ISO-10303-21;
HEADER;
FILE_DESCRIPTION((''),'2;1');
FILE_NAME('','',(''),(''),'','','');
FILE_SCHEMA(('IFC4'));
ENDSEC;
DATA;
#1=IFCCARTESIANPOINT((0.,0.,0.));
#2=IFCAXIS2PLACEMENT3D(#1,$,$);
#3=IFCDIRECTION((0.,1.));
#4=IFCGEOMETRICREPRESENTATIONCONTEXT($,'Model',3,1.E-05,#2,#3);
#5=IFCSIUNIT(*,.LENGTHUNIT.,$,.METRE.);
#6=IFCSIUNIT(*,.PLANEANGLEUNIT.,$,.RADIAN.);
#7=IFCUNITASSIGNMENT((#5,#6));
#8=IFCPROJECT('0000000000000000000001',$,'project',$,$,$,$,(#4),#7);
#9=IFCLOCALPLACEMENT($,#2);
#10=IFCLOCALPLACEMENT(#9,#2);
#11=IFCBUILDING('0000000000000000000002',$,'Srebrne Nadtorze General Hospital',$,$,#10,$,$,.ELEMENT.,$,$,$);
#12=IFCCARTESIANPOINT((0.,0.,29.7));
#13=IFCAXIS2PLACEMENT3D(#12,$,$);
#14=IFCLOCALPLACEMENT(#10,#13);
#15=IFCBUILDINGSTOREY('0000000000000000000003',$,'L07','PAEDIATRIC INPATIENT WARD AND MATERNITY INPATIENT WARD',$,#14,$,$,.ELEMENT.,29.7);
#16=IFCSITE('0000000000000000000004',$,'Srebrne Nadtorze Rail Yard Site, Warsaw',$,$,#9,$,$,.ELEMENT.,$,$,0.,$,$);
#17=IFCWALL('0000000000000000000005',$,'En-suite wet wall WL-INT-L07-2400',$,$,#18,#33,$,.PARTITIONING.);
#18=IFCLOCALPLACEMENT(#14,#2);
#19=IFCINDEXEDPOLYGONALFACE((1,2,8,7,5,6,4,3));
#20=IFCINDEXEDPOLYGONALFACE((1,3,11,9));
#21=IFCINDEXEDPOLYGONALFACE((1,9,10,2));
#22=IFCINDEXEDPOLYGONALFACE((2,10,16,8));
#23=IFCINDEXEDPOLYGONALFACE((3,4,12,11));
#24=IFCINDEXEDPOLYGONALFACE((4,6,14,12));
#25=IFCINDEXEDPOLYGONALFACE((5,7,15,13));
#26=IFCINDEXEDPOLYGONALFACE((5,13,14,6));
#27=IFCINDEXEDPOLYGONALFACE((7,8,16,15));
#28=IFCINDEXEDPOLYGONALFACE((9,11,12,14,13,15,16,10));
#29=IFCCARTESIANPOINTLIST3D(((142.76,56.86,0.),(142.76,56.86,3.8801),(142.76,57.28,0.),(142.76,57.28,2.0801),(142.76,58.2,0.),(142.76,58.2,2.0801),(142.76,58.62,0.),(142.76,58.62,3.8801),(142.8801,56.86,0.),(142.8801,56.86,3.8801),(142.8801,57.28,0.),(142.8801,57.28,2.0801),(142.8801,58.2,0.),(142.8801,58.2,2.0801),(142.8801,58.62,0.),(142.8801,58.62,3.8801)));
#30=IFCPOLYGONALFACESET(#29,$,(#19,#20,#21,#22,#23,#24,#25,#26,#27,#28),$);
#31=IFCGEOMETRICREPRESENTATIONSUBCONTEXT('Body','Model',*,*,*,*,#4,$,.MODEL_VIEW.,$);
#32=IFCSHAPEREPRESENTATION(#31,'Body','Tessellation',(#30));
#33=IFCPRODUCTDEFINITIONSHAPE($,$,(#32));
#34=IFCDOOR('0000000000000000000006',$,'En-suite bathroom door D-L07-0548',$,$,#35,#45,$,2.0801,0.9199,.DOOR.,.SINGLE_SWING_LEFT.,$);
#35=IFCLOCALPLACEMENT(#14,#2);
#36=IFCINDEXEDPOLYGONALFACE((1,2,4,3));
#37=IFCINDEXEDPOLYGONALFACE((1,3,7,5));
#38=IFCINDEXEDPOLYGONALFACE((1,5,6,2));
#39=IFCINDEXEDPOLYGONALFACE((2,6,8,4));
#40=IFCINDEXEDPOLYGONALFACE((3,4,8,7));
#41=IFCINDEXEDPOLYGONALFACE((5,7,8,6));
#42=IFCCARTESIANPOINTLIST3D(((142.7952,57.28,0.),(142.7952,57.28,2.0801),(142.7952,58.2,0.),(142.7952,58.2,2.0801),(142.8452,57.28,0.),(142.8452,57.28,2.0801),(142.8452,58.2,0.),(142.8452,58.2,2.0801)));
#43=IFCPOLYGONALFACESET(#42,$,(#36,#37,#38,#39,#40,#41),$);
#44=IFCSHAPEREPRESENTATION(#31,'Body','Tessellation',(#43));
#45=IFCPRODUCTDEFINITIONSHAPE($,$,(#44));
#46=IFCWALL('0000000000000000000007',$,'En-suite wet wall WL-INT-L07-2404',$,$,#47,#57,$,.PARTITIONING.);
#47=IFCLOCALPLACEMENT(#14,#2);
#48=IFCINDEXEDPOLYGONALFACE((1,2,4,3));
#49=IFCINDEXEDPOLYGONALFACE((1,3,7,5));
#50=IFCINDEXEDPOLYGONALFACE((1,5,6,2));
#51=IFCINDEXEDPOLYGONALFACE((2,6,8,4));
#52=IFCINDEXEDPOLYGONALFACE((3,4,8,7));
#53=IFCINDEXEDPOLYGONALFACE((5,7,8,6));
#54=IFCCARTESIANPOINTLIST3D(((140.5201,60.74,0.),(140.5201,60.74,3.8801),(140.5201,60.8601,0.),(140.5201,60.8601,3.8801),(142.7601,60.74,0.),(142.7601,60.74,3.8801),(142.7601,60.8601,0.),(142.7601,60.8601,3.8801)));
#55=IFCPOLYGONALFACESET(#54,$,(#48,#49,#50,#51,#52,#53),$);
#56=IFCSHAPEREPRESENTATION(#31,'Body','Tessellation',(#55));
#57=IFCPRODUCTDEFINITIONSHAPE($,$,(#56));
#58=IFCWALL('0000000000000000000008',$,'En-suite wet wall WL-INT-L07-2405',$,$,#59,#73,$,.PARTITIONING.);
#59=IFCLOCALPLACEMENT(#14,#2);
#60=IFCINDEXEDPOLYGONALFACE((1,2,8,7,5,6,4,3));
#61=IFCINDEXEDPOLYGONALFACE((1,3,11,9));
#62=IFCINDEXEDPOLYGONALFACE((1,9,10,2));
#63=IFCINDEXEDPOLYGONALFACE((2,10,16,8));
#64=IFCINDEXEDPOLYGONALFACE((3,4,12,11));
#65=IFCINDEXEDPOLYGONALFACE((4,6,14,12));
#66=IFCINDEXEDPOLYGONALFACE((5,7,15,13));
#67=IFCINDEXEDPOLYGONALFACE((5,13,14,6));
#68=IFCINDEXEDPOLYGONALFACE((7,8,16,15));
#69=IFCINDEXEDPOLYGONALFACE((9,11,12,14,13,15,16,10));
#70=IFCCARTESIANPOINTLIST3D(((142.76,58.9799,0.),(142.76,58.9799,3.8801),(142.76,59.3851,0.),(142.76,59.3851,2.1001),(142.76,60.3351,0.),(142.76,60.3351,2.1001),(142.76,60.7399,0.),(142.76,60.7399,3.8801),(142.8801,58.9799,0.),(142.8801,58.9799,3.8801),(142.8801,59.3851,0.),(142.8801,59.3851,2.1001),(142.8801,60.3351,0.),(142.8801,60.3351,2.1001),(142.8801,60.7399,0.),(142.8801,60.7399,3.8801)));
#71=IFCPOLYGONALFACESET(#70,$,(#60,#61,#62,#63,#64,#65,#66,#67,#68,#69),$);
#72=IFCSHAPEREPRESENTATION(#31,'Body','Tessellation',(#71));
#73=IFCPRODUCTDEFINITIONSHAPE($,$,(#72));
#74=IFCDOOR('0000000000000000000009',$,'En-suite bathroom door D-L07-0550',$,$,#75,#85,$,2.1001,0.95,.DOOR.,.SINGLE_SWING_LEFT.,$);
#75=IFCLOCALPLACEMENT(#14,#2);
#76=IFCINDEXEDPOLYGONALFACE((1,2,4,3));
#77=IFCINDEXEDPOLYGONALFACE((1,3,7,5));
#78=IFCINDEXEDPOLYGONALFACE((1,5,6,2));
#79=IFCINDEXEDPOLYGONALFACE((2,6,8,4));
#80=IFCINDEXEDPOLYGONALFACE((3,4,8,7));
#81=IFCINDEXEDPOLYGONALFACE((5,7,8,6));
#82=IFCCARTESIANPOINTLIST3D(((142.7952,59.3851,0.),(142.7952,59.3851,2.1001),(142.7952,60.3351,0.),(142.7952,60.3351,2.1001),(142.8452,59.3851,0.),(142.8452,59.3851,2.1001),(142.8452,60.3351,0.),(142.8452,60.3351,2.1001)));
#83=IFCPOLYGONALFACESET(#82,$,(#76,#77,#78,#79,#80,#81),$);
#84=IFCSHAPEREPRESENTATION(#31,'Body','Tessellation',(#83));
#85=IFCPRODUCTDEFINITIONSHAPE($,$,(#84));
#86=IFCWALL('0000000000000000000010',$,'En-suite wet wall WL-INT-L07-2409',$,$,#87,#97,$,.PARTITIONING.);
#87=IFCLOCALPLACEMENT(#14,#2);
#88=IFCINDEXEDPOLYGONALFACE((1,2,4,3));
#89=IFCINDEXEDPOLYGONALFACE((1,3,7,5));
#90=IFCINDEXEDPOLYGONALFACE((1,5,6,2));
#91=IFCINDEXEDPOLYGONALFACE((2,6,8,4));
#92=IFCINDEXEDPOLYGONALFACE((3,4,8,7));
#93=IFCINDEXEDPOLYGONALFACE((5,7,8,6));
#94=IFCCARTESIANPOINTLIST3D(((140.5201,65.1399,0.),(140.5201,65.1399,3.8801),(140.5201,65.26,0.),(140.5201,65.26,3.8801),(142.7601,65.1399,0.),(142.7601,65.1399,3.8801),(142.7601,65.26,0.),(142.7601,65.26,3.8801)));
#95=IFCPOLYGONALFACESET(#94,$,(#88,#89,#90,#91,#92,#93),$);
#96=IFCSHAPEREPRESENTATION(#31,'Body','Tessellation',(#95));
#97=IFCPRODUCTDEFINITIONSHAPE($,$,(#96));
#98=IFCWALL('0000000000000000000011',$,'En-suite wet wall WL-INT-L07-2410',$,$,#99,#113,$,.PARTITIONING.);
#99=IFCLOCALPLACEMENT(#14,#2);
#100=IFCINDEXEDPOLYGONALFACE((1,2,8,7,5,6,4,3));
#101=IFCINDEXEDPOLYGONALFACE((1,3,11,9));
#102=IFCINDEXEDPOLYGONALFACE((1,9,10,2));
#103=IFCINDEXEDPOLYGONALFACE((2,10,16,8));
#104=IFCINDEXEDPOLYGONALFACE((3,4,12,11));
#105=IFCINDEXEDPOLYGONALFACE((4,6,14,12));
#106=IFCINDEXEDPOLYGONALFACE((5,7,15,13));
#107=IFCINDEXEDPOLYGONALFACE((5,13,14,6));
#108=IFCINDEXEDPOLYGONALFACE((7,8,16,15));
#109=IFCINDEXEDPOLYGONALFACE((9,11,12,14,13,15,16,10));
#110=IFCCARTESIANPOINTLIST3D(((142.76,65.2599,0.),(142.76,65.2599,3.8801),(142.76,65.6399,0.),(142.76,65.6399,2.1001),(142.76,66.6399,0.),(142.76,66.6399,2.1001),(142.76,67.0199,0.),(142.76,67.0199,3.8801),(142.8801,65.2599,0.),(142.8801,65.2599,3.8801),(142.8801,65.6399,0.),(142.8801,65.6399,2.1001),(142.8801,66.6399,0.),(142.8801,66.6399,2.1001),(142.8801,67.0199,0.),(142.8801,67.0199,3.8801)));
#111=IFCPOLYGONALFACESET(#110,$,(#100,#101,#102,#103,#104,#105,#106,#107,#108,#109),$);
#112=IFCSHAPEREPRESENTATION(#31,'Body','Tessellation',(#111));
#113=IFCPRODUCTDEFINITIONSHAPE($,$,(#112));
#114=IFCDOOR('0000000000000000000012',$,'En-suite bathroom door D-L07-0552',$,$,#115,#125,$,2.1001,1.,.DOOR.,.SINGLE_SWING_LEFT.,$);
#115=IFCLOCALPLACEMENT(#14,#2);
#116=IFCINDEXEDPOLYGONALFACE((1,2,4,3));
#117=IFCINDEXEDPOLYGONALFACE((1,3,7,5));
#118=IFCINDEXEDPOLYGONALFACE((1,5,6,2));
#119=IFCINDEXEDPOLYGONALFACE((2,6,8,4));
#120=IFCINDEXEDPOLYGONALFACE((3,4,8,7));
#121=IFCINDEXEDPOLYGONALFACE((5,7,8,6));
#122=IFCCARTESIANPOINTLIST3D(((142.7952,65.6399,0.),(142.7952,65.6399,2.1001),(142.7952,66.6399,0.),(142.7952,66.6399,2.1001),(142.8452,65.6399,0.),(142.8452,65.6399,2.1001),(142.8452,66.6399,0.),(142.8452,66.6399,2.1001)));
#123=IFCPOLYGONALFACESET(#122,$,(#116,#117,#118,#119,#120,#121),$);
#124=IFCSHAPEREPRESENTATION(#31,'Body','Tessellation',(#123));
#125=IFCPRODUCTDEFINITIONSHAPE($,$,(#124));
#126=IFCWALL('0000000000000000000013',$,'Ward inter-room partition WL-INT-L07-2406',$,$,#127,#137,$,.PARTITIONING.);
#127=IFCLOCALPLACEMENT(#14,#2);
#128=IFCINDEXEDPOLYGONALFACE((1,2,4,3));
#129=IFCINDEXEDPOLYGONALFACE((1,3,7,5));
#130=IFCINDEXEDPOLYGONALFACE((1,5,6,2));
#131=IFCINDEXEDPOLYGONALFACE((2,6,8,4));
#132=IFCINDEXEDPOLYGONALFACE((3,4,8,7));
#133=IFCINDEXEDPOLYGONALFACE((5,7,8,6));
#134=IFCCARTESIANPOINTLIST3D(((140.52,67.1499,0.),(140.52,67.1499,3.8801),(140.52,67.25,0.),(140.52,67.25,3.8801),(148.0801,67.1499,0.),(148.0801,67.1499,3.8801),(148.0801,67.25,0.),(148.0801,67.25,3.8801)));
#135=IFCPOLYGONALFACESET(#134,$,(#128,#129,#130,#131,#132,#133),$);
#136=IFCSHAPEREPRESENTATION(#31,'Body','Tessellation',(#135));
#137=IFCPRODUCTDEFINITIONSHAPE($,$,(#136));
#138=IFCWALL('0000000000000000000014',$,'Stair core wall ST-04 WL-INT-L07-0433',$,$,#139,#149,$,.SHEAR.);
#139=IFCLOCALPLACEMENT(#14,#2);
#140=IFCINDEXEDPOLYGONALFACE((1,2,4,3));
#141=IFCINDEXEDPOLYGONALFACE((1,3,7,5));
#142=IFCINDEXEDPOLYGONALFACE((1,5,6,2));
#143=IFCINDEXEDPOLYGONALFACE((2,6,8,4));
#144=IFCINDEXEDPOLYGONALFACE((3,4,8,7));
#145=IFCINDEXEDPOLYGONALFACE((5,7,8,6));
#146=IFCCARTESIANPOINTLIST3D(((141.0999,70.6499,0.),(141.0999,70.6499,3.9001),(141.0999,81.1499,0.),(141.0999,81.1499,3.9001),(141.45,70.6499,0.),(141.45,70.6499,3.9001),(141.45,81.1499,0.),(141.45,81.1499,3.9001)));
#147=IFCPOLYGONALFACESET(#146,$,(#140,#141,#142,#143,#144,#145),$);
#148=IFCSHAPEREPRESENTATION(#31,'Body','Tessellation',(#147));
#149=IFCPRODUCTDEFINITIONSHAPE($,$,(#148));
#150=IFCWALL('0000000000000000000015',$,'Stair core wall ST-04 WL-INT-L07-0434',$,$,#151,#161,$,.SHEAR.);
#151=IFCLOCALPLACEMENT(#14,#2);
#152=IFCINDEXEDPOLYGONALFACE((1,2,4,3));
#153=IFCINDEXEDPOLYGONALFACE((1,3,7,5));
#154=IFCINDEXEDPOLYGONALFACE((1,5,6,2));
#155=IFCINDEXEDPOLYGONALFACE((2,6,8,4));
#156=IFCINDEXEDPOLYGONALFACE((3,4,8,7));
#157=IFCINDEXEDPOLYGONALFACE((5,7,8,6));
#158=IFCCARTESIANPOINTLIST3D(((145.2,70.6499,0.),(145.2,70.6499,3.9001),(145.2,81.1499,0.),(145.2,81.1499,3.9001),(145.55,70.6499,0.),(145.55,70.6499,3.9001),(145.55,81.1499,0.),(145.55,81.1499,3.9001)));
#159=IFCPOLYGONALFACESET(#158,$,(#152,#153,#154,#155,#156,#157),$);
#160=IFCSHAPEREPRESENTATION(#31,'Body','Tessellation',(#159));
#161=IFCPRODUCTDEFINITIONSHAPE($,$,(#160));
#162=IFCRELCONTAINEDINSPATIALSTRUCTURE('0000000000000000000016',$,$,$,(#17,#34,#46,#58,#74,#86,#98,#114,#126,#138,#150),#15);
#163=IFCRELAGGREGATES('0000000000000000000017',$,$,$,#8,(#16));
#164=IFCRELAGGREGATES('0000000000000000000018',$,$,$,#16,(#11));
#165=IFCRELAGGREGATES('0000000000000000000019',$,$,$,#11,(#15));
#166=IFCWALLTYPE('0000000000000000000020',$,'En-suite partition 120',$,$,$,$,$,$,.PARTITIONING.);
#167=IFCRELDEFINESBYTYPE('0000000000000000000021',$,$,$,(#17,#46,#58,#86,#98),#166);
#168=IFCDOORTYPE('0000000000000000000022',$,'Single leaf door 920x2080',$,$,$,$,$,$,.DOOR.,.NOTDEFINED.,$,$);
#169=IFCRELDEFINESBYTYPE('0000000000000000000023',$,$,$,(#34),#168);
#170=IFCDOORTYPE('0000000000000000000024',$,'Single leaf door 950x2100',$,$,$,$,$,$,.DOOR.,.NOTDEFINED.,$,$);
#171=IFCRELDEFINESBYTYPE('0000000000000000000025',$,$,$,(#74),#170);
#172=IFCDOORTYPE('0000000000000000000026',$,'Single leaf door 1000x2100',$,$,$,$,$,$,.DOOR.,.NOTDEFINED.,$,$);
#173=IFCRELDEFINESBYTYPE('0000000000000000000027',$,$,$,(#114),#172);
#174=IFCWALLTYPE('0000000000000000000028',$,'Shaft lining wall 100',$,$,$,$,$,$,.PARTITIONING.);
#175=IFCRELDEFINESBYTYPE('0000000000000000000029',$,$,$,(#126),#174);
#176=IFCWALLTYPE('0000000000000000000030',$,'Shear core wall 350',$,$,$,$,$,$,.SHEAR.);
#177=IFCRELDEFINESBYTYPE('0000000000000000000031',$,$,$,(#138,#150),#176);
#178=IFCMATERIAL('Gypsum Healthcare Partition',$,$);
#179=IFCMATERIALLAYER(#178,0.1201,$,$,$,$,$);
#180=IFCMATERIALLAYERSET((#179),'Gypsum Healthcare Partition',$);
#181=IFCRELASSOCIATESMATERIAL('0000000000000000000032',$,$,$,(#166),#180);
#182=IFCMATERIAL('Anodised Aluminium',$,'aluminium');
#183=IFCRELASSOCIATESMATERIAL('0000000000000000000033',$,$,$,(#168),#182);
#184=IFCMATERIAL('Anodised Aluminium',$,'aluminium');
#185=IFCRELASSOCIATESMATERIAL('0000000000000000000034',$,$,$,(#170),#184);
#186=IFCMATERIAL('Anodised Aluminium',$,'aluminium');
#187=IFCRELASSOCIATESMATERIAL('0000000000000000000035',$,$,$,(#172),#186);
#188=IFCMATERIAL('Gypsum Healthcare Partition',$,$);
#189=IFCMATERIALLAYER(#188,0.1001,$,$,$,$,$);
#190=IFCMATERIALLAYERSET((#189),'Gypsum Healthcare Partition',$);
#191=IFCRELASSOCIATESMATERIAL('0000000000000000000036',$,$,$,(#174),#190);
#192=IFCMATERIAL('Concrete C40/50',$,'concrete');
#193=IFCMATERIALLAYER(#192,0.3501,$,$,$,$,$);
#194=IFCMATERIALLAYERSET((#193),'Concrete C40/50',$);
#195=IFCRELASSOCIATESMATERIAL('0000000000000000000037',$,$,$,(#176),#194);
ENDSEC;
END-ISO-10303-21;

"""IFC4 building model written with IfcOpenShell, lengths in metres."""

from ifc_helpers import new_model, si_unit, direction, frame, frame_2d, origin, place, context, subcontext, project, spatial, rectangle, extrude, material, layer, layer_set, type_object, element, fill, save


model = new_model("IFC4")

# Units and contexts
model_context = context("Model", 3, precision=1e-05, world=origin(), true_north=direction((0.0, 1.0)))
body_context = subcontext(model_context, "Body", "Model", "MODEL_VIEW")
ifc_project = project(units=[si_unit("LENGTHUNIT", "METRE"), si_unit("PLANEANGLEUNIT", "RADIAN")], contexts=[model_context])

# Site, building, storey
site_placement = place(None, origin())
site = spatial("IfcSite", under=ifc_project, at=site_placement, Name="Srebrne Nadtorze Rail Yard Site, Warsaw", CompositionType="ELEMENT", RefElevation=0.0)
building_placement = place(site_placement, origin())
building = spatial("IfcBuilding", under=site, at=building_placement, Name="Srebrne Nadtorze General Hospital", CompositionType="ELEMENT")
storey_placement = place(building_placement, frame((0.0, 0.0, 29.7)))
storey = spatial("IfcBuildingStorey", under=building, at=storey_placement, Name="L07", Description="PAEDIATRIC INPATIENT WARD AND MATERNITY INPATIENT WARD", CompositionType="ELEMENT", Elevation=29.7)

# Wall, opening, door
ifc_material_1 = material(Name="Gypsum Healthcare Partition")
ifc_layer_1 = layer(ifc_material_1, 0.1201)
ifc_layer_set_1 = layer_set([ifc_layer_1], Name="Gypsum Healthcare Partition")
wall_type_1 = type_object("IfcWallType", Name="En-suite partition 120", PredefinedType="PARTITIONING", material=ifc_layer_set_1)
wall_1_placement = place(storey_placement, frame((142.8201, 56.8601, 0.0), z_axis=(0.0, 0.0, 1.0), x_axis=(0.0, 1.0, 0.0)))
wall_1 = element("IfcWall", 1, at=wall_1_placement, inside=storey, type_object=wall_type_1, Name="En-suite wet wall WL-INT-L07-2400", PredefinedType="PARTITIONING", context=body_context, shape_type="SweptSolid", body=[
    extrude(rectangle(XDim=1.76, YDim=0.1201, at=frame_2d((0.8799, 0.0))), origin(), (0.0, 0.0, 1.0), 3.8801),
])
opening_1_placement = place(wall_1_placement, frame((0.4199, 0.0, 0.0)))
opening_1 = element("IfcOpeningElement", 2, at=opening_1_placement, cuts=wall_1, PredefinedType="OPENING", context=body_context, shape_type="SweptSolid", body=[
    extrude(rectangle(XDim=0.9199, YDim=2.0801, at=frame_2d((0.46, 1.04))), frame((0.0, 0.072, 0.0), z_axis=(0.0, -1.0, 0.0), x_axis=(1.0, 0.0, 0.0)), (0.0, 0.0, 1.0), 0.144),
])
ifc_material_2 = material(Name="Anodised Aluminium", Category="aluminium")
door_type_1 = type_object("IfcDoorType", Name="Single leaf door 920x2080", OperationType="NOTDEFINED", PredefinedType="DOOR", material=ifc_material_2)
door_1_placement = place(opening_1_placement, origin())
door_1 = element("IfcDoor", 3, at=door_1_placement, inside=storey, type_object=door_type_1, Name="En-suite bathroom door D-L07-0548", OperationType="SINGLE_SWING_LEFT", OverallHeight=2.0801, OverallWidth=0.9199, PredefinedType="DOOR", context=body_context, shape_type="SweptSolid", body=[
    extrude(rectangle(XDim=0.9199, YDim=2.0801, at=frame_2d((0.46, 1.04))), frame((0.0, 0.0249, 0.0), z_axis=(0.0, -1.0, 0.0), x_axis=(1.0, 0.0, 0.0)), (0.0, 0.0, 1.0), 0.05),
])
fill(opening_1, door_1)

# Wall
wall_2_placement = place(storey_placement, frame((140.52, 60.8, 0.0), z_axis=(0.0, 0.0, 1.0), x_axis=(1.0, 0.0, 0.0)))
element("IfcWall", 4, at=wall_2_placement, inside=storey, type_object=wall_type_1, Name="En-suite wet wall WL-INT-L07-2404", PredefinedType="PARTITIONING", context=body_context, shape_type="SweptSolid", body=[
    extrude(rectangle(XDim=2.24, YDim=0.1201, at=frame_2d((1.1201, 0.0))), origin(), (0.0, 0.0, 1.0), 3.8801),
])

# Wall, opening, door
wall_3_placement = place(storey_placement, frame((142.8201, 58.98, 0.0), z_axis=(0.0, 0.0, 1.0), x_axis=(0.0, 1.0, 0.0)))
wall_3 = element("IfcWall", 5, at=wall_3_placement, inside=storey, type_object=wall_type_1, Name="En-suite wet wall WL-INT-L07-2405", PredefinedType="PARTITIONING", context=body_context, shape_type="SweptSolid", body=[
    extrude(rectangle(XDim=1.76, YDim=0.1201, at=frame_2d((0.8799, 0.0))), origin(), (0.0, 0.0, 1.0), 3.8801),
])
opening_2_placement = place(wall_3_placement, frame((0.405, 0.0, 0.0)))
opening_2 = element("IfcOpeningElement", 6, at=opening_2_placement, cuts=wall_3, PredefinedType="OPENING", context=body_context, shape_type="SweptSolid", body=[
    extrude(rectangle(XDim=0.95, YDim=2.1001, at=frame_2d((0.4751, 1.05))), frame((0.0, 0.072, 0.0), z_axis=(0.0, -1.0, 0.0), x_axis=(1.0, 0.0, 0.0)), (0.0, 0.0, 1.0), 0.144),
])
ifc_material_3 = material(Name="Anodised Aluminium", Category="aluminium")
door_type_2 = type_object("IfcDoorType", Name="Single leaf door 950x2100", OperationType="NOTDEFINED", PredefinedType="DOOR", material=ifc_material_3)
door_2_placement = place(opening_2_placement, origin())
door_2 = element("IfcDoor", 7, at=door_2_placement, inside=storey, type_object=door_type_2, Name="En-suite bathroom door D-L07-0550", OperationType="SINGLE_SWING_LEFT", OverallHeight=2.1001, OverallWidth=0.95, PredefinedType="DOOR", context=body_context, shape_type="SweptSolid", body=[
    extrude(rectangle(XDim=0.95, YDim=2.1001, at=frame_2d((0.4751, 1.05))), frame((0.0, 0.0249, 0.0), z_axis=(0.0, -1.0, 0.0), x_axis=(1.0, 0.0, 0.0)), (0.0, 0.0, 1.0), 0.05),
])
fill(opening_2, door_2)

# Wall
wall_4_placement = place(storey_placement, frame((140.52, 65.2, 0.0), z_axis=(0.0, 0.0, 1.0), x_axis=(1.0, 0.0, 0.0)))
element("IfcWall", 8, at=wall_4_placement, inside=storey, type_object=wall_type_1, Name="En-suite wet wall WL-INT-L07-2409", PredefinedType="PARTITIONING", context=body_context, shape_type="SweptSolid", body=[
    extrude(rectangle(XDim=2.24, YDim=0.1201, at=frame_2d((1.1201, 0.0))), origin(), (0.0, 0.0, 1.0), 3.8801),
])

# Wall, opening, door
wall_5_placement = place(storey_placement, frame((142.8201, 65.26, 0.0), z_axis=(0.0, 0.0, 1.0), x_axis=(0.0, 1.0, 0.0)))
wall_5 = element("IfcWall", 9, at=wall_5_placement, inside=storey, type_object=wall_type_1, Name="En-suite wet wall WL-INT-L07-2410", PredefinedType="PARTITIONING", context=body_context, shape_type="SweptSolid", body=[
    extrude(rectangle(XDim=1.76, YDim=0.1201, at=frame_2d((0.8799, 0.0))), origin(), (0.0, 0.0, 1.0), 3.8801),
])
opening_3_placement = place(wall_5_placement, frame((0.3799, 0.0, 0.0)))
opening_3 = element("IfcOpeningElement", 10, at=opening_3_placement, cuts=wall_5, PredefinedType="OPENING", context=body_context, shape_type="SweptSolid", body=[
    extrude(rectangle(XDim=1.0, YDim=2.1001, at=frame_2d((0.5, 1.05))), frame((0.0, 0.072, 0.0), z_axis=(0.0, -1.0, 0.0), x_axis=(1.0, 0.0, 0.0)), (0.0, 0.0, 1.0), 0.144),
])
ifc_material_4 = material(Name="Anodised Aluminium", Category="aluminium")
door_type_3 = type_object("IfcDoorType", Name="Single leaf door 1000x2100", OperationType="NOTDEFINED", PredefinedType="DOOR", material=ifc_material_4)
door_3_placement = place(opening_3_placement, origin())
door_3 = element("IfcDoor", 11, at=door_3_placement, inside=storey, type_object=door_type_3, Name="En-suite bathroom door D-L07-0552", OperationType="SINGLE_SWING_LEFT", OverallHeight=2.1001, OverallWidth=1.0, PredefinedType="DOOR", context=body_context, shape_type="SweptSolid", body=[
    extrude(rectangle(XDim=1.0, YDim=2.1001, at=frame_2d((0.5, 1.05))), frame((0.0, 0.0249, 0.0), z_axis=(0.0, -1.0, 0.0), x_axis=(1.0, 0.0, 0.0)), (0.0, 0.0, 1.0), 0.05),
])
fill(opening_3, door_3)

# Walls
ifc_material_5 = material(Name="Gypsum Healthcare Partition")
ifc_layer_2 = layer(ifc_material_5, 0.1001)
ifc_layer_set_2 = layer_set([ifc_layer_2], Name="Gypsum Healthcare Partition")
wall_type_2 = type_object("IfcWallType", Name="Shaft lining wall 100", PredefinedType="PARTITIONING", material=ifc_layer_set_2)
wall_6_placement = place(storey_placement, frame((140.52, 67.2, 0.0), z_axis=(0.0, 0.0, 1.0), x_axis=(1.0, 0.0, 0.0)))
element("IfcWall", 12, at=wall_6_placement, inside=storey, type_object=wall_type_2, Name="Ward inter-room partition WL-INT-L07-2406", PredefinedType="PARTITIONING", context=body_context, shape_type="SweptSolid", body=[
    extrude(rectangle(XDim=7.5601, YDim=0.1001, at=frame_2d((3.78, 0.0))), origin(), (0.0, 0.0, 1.0), 3.8801),
])
ifc_material_6 = material(Name="Concrete C40/50", Category="concrete")
ifc_layer_3 = layer(ifc_material_6, 0.3501)
ifc_layer_set_3 = layer_set([ifc_layer_3], Name="Concrete C40/50")
wall_type_3 = type_object("IfcWallType", Name="Shear core wall 350", PredefinedType="SHEAR", material=ifc_layer_set_3)
for number, where, z_axis, x_axis, name in (
    (13, (141.2749, 70.6499, 0.0), (0.0, 0.0, 1.0), (0.0, 1.0, 0.0), "Stair core wall ST-04 WL-INT-L07-0433"),
    (14, (145.375, 70.6499, 0.0), (0.0, 0.0, 1.0), (0.0, 1.0, 0.0), "Stair core wall ST-04 WL-INT-L07-0434"),
):
    element("IfcWall", number, at=place(storey_placement, frame(where, z_axis=z_axis, x_axis=x_axis)), inside=storey, type_object=wall_type_3, Name=name, PredefinedType="SHEAR", context=body_context, shape_type="SweptSolid", body=[
        extrude(rectangle(XDim=10.5, YDim=0.3501, at=frame_2d((5.25, 0.0))), origin(), (0.0, 0.0, 1.0), 3.9001),
    ])

save(model, "model.ifc")
